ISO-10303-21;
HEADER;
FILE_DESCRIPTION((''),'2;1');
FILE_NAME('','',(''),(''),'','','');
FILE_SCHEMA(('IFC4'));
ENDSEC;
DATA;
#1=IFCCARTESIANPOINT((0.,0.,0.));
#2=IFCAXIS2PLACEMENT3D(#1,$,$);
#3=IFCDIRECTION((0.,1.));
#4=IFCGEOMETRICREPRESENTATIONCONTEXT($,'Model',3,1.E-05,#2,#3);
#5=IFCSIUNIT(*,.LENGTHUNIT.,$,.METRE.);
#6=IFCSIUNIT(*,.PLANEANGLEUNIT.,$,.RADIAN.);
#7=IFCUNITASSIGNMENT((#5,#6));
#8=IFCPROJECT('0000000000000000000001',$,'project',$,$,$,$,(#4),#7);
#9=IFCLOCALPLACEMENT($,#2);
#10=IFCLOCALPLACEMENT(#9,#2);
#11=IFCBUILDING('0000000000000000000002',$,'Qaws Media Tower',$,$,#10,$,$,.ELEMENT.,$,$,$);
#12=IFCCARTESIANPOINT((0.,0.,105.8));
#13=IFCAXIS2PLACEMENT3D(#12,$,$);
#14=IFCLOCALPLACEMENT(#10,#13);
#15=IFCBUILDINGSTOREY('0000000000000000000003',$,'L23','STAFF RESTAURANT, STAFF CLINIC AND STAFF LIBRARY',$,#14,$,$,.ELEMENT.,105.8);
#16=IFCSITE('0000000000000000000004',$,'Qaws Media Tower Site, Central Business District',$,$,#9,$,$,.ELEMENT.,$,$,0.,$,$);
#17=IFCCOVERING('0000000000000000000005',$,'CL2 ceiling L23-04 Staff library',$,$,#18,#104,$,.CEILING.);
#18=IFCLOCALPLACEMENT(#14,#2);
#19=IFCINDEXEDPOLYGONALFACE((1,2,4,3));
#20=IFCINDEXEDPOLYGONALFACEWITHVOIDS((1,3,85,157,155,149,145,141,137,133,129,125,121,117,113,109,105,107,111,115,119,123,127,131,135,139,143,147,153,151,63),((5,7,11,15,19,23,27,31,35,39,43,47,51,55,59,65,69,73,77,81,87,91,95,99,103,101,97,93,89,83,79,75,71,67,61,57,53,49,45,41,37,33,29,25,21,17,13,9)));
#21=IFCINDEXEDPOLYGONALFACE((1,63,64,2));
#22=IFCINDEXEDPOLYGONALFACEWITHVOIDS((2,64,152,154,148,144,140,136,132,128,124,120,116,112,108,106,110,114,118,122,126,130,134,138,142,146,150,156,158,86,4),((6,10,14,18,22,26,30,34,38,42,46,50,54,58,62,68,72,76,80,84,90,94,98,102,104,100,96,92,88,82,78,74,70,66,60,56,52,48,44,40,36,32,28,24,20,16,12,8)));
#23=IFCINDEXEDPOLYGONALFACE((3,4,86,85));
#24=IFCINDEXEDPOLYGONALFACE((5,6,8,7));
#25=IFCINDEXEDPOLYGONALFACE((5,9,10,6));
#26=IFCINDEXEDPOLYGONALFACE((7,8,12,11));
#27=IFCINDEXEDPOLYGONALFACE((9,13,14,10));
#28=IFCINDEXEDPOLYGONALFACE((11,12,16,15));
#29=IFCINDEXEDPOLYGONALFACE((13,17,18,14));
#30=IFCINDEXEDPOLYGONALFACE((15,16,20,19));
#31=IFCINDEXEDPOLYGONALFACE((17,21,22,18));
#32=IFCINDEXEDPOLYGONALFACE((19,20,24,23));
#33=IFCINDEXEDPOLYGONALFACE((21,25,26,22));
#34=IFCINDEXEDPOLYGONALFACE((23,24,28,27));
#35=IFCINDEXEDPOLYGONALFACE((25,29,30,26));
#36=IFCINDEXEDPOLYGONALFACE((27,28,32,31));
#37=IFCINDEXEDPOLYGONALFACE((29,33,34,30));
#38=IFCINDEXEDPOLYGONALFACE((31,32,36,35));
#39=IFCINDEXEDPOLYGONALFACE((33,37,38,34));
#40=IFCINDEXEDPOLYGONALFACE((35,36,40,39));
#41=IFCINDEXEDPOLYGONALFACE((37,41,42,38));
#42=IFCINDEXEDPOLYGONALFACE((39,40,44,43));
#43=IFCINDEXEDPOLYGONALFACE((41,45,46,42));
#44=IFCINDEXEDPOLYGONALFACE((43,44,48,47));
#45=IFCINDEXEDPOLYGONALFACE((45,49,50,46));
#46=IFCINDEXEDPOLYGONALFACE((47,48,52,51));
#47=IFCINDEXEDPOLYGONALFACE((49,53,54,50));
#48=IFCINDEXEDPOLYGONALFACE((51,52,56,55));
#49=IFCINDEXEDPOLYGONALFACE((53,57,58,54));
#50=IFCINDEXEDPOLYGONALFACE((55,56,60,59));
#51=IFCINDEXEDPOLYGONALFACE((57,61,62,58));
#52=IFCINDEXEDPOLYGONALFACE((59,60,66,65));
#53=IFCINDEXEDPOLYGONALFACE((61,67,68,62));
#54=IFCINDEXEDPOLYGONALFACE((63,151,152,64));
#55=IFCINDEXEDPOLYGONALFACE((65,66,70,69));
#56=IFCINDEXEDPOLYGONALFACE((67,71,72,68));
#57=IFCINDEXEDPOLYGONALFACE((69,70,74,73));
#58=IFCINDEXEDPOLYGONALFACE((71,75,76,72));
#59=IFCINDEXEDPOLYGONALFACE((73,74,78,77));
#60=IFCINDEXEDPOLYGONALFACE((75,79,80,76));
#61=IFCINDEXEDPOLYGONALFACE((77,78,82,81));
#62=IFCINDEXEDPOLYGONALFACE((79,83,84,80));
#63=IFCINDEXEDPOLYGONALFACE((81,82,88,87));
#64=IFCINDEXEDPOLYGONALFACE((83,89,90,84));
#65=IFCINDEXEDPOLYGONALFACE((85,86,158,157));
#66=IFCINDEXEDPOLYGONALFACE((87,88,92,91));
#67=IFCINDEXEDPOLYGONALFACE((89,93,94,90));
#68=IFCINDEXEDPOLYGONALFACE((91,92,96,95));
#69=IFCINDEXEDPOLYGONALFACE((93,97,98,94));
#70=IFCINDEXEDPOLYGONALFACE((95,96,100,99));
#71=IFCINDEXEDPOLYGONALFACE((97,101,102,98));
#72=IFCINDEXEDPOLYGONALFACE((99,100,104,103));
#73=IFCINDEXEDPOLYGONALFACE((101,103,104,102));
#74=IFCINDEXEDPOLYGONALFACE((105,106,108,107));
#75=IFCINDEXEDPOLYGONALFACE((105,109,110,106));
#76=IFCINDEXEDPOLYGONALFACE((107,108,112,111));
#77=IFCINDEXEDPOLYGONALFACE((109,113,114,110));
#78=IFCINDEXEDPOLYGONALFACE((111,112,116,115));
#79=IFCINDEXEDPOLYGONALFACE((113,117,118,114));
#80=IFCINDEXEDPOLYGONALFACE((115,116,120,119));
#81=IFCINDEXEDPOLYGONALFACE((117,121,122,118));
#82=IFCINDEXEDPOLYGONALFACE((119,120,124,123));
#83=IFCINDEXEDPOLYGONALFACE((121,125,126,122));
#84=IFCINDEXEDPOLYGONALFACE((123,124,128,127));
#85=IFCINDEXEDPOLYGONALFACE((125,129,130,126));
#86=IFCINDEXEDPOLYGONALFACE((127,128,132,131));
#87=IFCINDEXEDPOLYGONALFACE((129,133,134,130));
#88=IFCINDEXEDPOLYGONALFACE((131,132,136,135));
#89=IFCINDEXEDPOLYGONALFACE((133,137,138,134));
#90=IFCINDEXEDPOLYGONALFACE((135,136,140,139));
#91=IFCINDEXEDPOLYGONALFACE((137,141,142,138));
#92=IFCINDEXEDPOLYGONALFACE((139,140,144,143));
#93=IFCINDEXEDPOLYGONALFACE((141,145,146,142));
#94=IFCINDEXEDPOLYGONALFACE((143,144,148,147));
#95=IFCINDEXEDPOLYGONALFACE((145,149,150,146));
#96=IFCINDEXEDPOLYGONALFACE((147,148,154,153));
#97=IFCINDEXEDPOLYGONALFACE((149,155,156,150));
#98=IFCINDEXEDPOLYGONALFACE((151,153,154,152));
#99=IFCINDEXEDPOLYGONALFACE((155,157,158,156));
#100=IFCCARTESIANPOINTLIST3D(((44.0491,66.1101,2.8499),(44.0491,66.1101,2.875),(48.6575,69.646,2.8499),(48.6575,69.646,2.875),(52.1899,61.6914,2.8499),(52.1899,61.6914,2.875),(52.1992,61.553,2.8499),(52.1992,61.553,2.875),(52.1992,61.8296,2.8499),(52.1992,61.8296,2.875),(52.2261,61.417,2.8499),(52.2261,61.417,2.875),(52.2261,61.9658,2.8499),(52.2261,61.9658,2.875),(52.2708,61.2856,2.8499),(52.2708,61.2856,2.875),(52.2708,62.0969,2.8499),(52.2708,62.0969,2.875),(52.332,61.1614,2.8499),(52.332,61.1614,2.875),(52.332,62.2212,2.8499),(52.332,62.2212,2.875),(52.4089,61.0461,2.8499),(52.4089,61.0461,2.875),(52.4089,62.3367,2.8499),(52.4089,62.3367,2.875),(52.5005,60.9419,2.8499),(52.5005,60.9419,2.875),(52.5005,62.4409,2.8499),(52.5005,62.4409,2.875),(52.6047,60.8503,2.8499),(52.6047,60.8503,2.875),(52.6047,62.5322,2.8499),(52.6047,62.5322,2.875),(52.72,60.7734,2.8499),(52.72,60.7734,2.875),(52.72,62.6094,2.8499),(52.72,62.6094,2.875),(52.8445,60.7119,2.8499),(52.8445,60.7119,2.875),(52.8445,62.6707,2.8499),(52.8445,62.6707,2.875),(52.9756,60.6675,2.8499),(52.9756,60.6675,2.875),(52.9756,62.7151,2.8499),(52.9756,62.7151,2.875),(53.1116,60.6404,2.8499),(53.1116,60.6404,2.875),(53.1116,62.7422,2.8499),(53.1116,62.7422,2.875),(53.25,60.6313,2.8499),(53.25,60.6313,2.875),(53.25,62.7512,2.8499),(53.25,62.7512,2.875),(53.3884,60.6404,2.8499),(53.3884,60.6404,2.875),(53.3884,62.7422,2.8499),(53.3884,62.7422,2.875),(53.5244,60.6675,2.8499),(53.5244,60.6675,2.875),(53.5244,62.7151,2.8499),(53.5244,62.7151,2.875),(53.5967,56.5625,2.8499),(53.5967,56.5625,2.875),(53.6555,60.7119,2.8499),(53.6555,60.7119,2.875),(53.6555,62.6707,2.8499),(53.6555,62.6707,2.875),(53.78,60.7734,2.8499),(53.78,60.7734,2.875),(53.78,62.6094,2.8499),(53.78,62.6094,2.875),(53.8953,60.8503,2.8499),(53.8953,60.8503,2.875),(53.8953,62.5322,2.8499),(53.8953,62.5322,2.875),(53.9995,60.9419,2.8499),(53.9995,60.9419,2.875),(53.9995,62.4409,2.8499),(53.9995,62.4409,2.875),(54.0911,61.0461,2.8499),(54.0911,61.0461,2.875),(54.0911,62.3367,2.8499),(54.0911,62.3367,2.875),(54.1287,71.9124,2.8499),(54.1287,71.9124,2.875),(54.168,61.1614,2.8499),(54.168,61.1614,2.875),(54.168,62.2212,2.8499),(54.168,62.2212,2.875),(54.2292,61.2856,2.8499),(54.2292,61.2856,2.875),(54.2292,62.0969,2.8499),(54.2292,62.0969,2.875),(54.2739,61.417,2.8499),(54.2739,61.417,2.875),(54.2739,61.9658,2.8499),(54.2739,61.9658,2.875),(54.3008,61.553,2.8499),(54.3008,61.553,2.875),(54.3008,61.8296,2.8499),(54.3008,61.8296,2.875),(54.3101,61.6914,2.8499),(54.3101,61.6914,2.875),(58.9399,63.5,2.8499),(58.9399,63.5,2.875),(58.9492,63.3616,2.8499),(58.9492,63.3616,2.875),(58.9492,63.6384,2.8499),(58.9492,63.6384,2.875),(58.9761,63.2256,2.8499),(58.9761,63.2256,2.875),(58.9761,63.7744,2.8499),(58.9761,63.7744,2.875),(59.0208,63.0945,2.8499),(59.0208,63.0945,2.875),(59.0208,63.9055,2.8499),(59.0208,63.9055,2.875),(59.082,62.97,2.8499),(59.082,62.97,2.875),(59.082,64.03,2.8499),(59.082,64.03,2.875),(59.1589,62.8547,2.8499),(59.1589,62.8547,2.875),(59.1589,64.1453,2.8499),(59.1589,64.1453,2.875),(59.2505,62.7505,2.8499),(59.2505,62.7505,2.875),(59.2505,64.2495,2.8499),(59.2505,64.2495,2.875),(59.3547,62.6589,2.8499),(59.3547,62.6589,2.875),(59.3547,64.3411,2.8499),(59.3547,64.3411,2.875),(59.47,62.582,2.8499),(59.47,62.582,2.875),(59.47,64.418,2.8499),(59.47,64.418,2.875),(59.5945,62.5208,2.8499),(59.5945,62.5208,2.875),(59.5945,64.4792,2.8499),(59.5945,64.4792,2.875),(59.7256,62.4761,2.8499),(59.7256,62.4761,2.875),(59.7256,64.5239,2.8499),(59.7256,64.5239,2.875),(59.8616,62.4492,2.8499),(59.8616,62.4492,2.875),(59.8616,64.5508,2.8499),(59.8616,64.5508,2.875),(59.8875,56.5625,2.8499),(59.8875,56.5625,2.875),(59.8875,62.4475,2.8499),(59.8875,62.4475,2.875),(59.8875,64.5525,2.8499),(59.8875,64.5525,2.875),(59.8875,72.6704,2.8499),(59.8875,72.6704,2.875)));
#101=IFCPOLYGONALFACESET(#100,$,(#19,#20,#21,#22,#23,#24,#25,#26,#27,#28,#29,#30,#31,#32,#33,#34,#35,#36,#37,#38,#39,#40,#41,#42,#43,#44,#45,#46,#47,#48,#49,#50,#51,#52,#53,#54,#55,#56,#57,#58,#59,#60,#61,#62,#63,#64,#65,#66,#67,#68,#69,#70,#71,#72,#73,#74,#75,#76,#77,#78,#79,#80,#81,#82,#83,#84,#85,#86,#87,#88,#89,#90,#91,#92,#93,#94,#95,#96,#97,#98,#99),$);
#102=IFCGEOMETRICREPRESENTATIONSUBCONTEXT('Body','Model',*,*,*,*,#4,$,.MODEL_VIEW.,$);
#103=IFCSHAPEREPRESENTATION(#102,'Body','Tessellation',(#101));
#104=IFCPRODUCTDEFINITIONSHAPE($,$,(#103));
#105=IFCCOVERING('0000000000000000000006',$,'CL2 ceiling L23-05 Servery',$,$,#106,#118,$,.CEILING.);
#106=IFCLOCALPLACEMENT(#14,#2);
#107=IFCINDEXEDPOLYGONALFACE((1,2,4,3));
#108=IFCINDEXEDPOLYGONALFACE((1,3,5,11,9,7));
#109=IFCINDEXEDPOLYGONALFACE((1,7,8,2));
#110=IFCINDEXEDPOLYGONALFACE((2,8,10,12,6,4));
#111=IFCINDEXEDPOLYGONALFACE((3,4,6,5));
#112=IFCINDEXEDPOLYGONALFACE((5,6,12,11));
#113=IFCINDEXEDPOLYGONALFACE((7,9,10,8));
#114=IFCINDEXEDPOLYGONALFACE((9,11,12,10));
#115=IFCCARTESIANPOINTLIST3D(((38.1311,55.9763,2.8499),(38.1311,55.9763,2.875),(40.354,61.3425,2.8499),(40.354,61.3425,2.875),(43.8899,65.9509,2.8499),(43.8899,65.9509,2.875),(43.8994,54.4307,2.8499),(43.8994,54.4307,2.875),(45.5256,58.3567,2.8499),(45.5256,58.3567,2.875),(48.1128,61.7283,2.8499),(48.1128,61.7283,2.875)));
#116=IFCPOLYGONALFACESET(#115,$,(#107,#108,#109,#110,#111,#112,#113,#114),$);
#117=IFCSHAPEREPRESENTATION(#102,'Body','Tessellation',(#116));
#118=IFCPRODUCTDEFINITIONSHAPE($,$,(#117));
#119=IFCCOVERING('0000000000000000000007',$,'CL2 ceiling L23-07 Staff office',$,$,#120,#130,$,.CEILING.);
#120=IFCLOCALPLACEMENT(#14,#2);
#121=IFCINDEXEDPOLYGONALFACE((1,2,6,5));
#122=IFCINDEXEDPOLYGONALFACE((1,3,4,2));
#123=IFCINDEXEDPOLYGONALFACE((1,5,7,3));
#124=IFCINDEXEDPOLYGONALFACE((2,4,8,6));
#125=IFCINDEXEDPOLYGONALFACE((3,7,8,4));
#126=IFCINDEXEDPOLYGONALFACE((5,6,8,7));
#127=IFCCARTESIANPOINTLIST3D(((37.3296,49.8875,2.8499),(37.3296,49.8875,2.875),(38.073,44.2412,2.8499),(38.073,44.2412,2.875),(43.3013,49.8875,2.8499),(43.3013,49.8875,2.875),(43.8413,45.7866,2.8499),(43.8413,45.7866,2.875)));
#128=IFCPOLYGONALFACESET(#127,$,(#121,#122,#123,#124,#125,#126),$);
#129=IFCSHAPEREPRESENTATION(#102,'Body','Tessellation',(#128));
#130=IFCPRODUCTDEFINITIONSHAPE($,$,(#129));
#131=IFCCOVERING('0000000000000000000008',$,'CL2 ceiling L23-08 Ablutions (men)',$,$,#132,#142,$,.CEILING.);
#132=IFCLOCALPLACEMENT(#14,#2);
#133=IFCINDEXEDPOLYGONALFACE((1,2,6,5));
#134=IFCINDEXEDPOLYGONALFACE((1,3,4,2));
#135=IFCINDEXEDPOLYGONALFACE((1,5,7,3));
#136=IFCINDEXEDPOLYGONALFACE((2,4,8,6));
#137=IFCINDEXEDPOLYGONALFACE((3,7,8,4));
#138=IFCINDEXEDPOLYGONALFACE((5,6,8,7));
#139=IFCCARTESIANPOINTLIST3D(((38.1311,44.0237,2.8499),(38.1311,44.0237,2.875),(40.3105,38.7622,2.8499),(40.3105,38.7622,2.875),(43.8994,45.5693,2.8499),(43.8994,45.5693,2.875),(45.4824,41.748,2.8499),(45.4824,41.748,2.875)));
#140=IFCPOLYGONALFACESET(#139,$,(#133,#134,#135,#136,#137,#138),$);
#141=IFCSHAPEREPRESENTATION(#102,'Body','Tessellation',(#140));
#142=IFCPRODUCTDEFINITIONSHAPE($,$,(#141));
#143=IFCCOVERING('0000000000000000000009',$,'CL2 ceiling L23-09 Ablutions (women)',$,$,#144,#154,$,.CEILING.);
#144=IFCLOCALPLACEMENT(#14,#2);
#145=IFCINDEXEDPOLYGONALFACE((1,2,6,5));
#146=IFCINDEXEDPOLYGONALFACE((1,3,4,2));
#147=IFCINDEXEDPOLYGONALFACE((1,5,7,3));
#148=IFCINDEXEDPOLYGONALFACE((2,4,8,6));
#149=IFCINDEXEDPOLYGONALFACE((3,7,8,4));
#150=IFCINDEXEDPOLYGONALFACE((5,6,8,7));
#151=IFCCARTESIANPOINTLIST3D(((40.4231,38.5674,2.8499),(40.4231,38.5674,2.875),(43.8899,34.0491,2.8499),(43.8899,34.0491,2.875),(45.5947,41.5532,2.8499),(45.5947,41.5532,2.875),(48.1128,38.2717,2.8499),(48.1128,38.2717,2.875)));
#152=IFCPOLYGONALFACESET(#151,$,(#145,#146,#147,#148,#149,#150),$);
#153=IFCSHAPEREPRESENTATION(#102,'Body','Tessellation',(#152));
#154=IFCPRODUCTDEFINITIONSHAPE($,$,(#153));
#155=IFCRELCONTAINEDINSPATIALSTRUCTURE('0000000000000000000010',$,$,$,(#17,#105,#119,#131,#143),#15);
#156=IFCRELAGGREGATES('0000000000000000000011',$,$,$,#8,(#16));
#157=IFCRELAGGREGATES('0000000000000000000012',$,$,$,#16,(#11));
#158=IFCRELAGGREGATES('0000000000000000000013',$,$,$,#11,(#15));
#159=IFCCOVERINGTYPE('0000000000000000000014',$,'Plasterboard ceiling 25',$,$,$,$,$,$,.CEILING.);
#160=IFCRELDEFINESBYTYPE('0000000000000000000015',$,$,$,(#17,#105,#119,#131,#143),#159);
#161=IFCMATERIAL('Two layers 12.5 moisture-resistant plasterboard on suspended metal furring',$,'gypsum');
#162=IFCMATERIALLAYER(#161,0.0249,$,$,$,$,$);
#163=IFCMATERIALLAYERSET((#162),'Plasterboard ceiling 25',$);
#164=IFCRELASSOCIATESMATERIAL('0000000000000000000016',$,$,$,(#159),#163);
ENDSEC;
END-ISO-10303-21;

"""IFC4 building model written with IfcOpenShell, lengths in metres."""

from ifc_helpers import new_model, si_unit, direction, frame, origin, place, context, subcontext, project, spatial, polyline, outline, extrude, material, layer, layer_set, type_object, element, save


model = new_model("IFC4")

# Units and contexts
model_context = context("Model", 3, precision=1e-05, world=origin(), true_north=direction((0.0, 1.0)))
body_context = subcontext(model_context, "Body", "Model", "MODEL_VIEW")
ifc_project = project(units=[si_unit("LENGTHUNIT", "METRE"), si_unit("PLANEANGLEUNIT", "RADIAN")], contexts=[model_context])

# Site, building, storey
site_placement = place(None, origin())
site = spatial("IfcSite", under=ifc_project, at=site_placement, Name="Qaws Media Tower Site, Central Business District", CompositionType="ELEMENT", RefElevation=0.0)
building_placement = place(site_placement, origin())
building = spatial("IfcBuilding", under=site, at=building_placement, Name="Qaws Media Tower", CompositionType="ELEMENT")
storey_placement = place(building_placement, frame((0.0, 0.0, 105.8)))
storey = spatial("IfcBuildingStorey", under=building, at=storey_placement, Name="L23", Description="STAFF RESTAURANT, STAFF CLINIC AND STAFF LIBRARY", CompositionType="ELEMENT", Elevation=105.8)

# Coverings
ifc_material_1 = material(Name="Two layers 12.5 moisture-resistant plasterboard on suspended metal furring", Category="gypsum")
ifc_layer_1 = layer(ifc_material_1, 0.0249)
ifc_layer_set_1 = layer_set([ifc_layer_1], Name="Plasterboard ceiling 25")
covering_type_1 = type_object("IfcCoveringType", Name="Plasterboard ceiling 25", PredefinedType="CEILING", material=ifc_layer_set_1)
covering_1_placement = place(storey_placement, frame((0.0, 0.0, 2.8499)))
element("IfcCovering", 1, at=covering_1_placement, inside=storey, type_object=covering_type_1, Name="CL2 ceiling L23-04 Staff library", PredefinedType="CEILING", context=body_context, shape_type="SweptSolid", body=[
    extrude(outline(polyline([(48.6575, 69.646), (54.1287, 71.9124), (59.8875, 72.6704), (59.8875, 64.5525), (59.8616, 64.5508), (59.7256, 64.5239), (59.5945, 64.4792), (59.47, 64.418), (59.3547, 64.3411), (59.2505, 64.2495), (59.1589, 64.1453), (59.082, 64.03), (59.0208, 63.9055), (58.9761, 63.7744), (58.9492, 63.6384), (58.9399, 63.5), (58.9492, 63.3616), (58.9761, 63.2256), (59.0208, 63.0945), (59.082, 62.97), (59.1589, 62.8547), (59.2505, 62.7505), (59.3547, 62.6589), (59.47, 62.582), (59.5945, 62.5208), (59.7256, 62.4761), (59.8616, 62.4492), (59.8875, 62.4475), (59.8875, 56.5625), (53.5967, 56.5625), (44.0491, 66.1101), (48.6575, 69.646)]), holes=[polyline([(54.2292, 61.2856), (54.2739, 61.417), (54.3008, 61.553), (54.3101, 61.6914), (54.3008, 61.8296), (54.2739, 61.9658), (54.2292, 62.0969), (54.168, 62.2212), (54.0911, 62.3367), (53.9995, 62.4409), (53.8953, 62.5322), (53.78, 62.6094), (53.6555, 62.6707), (53.5244, 62.7151), (53.3884, 62.7422), (53.25, 62.7512), (53.1116, 62.7422), (52.9756, 62.7151), (52.8445, 62.6707), (52.72, 62.6094), (52.6047, 62.5322), (52.5005, 62.4409), (52.4089, 62.3367), (52.332, 62.2212), (52.2708, 62.0969), (52.2261, 61.9658), (52.1992, 61.8296), (52.1899, 61.6914), (52.1992, 61.553), (52.2261, 61.417), (52.2708, 61.2856), (52.332, 61.1614), (52.4089, 61.0461), (52.5005, 60.9419), (52.6047, 60.8503), (52.72, 60.7734), (52.8445, 60.7119), (52.9756, 60.6675), (53.1116, 60.6404), (53.25, 60.6313), (53.3884, 60.6404), (53.5244, 60.6675), (53.6555, 60.7119), (53.78, 60.7734), (53.8953, 60.8503), (53.9995, 60.9419), (54.0911, 61.0461), (54.168, 61.1614), (54.2292, 61.2856)])]), origin(), (0.0, 0.0, 1.0), 0.0251),
])
covering_2_placement = place(storey_placement, frame((0.0, 0.0, 2.8499)))
element("IfcCovering", 2, at=covering_2_placement, inside=storey, type_object=covering_type_1, Name="CL2 ceiling L23-05 Servery", PredefinedType="CEILING", context=body_context, shape_type="SweptSolid", body=[
    extrude(outline(polyline([(40.354, 61.3425), (43.8899, 65.9509), (48.1128, 61.7283), (45.5256, 58.3567), (43.8994, 54.4307), (38.1311, 55.9763), (40.354, 61.3425)])), origin(), (0.0, 0.0, 1.0), 0.0251),
])
covering_3_placement = place(storey_placement, frame((0.0, 0.0, 2.8499)))
element("IfcCovering", 3, at=covering_3_placement, inside=storey, type_object=covering_type_1, Name="CL2 ceiling L23-07 Staff office", PredefinedType="CEILING", context=body_context, shape_type="SweptSolid", body=[
    extrude(outline(polyline([(37.3296, 49.8875), (43.3013, 49.8875), (43.8413, 45.7866), (38.073, 44.2412), (37.3296, 49.8875)])), origin(), (0.0, 0.0, 1.0), 0.0251),
])
covering_4_placement = place(storey_placement, frame((0.0, 0.0, 2.8499)))
element("IfcCovering", 4, at=covering_4_placement, inside=storey, type_object=covering_type_1, Name="CL2 ceiling L23-08 Ablutions (men)", PredefinedType="CEILING", context=body_context, shape_type="SweptSolid", body=[
    extrude(outline(polyline([(38.1311, 44.0237), (43.8994, 45.5693), (45.4824, 41.748), (40.3105, 38.7622), (38.1311, 44.0237)])), origin(), (0.0, 0.0, 1.0), 0.0251),
])
covering_5_placement = place(storey_placement, frame((0.0, 0.0, 2.8499)))
element("IfcCovering", 5, at=covering_5_placement, inside=storey, type_object=covering_type_1, Name="CL2 ceiling L23-09 Ablutions (women)", PredefinedType="CEILING", context=body_context, shape_type="SweptSolid", body=[
    extrude(outline(polyline([(40.4231, 38.5674), (45.5947, 41.5532), (48.1128, 38.2717), (43.8899, 34.0491), (40.4231, 38.5674)])), origin(), (0.0, 0.0, 1.0), 0.0251),
])

save(model, "model.ifc")
